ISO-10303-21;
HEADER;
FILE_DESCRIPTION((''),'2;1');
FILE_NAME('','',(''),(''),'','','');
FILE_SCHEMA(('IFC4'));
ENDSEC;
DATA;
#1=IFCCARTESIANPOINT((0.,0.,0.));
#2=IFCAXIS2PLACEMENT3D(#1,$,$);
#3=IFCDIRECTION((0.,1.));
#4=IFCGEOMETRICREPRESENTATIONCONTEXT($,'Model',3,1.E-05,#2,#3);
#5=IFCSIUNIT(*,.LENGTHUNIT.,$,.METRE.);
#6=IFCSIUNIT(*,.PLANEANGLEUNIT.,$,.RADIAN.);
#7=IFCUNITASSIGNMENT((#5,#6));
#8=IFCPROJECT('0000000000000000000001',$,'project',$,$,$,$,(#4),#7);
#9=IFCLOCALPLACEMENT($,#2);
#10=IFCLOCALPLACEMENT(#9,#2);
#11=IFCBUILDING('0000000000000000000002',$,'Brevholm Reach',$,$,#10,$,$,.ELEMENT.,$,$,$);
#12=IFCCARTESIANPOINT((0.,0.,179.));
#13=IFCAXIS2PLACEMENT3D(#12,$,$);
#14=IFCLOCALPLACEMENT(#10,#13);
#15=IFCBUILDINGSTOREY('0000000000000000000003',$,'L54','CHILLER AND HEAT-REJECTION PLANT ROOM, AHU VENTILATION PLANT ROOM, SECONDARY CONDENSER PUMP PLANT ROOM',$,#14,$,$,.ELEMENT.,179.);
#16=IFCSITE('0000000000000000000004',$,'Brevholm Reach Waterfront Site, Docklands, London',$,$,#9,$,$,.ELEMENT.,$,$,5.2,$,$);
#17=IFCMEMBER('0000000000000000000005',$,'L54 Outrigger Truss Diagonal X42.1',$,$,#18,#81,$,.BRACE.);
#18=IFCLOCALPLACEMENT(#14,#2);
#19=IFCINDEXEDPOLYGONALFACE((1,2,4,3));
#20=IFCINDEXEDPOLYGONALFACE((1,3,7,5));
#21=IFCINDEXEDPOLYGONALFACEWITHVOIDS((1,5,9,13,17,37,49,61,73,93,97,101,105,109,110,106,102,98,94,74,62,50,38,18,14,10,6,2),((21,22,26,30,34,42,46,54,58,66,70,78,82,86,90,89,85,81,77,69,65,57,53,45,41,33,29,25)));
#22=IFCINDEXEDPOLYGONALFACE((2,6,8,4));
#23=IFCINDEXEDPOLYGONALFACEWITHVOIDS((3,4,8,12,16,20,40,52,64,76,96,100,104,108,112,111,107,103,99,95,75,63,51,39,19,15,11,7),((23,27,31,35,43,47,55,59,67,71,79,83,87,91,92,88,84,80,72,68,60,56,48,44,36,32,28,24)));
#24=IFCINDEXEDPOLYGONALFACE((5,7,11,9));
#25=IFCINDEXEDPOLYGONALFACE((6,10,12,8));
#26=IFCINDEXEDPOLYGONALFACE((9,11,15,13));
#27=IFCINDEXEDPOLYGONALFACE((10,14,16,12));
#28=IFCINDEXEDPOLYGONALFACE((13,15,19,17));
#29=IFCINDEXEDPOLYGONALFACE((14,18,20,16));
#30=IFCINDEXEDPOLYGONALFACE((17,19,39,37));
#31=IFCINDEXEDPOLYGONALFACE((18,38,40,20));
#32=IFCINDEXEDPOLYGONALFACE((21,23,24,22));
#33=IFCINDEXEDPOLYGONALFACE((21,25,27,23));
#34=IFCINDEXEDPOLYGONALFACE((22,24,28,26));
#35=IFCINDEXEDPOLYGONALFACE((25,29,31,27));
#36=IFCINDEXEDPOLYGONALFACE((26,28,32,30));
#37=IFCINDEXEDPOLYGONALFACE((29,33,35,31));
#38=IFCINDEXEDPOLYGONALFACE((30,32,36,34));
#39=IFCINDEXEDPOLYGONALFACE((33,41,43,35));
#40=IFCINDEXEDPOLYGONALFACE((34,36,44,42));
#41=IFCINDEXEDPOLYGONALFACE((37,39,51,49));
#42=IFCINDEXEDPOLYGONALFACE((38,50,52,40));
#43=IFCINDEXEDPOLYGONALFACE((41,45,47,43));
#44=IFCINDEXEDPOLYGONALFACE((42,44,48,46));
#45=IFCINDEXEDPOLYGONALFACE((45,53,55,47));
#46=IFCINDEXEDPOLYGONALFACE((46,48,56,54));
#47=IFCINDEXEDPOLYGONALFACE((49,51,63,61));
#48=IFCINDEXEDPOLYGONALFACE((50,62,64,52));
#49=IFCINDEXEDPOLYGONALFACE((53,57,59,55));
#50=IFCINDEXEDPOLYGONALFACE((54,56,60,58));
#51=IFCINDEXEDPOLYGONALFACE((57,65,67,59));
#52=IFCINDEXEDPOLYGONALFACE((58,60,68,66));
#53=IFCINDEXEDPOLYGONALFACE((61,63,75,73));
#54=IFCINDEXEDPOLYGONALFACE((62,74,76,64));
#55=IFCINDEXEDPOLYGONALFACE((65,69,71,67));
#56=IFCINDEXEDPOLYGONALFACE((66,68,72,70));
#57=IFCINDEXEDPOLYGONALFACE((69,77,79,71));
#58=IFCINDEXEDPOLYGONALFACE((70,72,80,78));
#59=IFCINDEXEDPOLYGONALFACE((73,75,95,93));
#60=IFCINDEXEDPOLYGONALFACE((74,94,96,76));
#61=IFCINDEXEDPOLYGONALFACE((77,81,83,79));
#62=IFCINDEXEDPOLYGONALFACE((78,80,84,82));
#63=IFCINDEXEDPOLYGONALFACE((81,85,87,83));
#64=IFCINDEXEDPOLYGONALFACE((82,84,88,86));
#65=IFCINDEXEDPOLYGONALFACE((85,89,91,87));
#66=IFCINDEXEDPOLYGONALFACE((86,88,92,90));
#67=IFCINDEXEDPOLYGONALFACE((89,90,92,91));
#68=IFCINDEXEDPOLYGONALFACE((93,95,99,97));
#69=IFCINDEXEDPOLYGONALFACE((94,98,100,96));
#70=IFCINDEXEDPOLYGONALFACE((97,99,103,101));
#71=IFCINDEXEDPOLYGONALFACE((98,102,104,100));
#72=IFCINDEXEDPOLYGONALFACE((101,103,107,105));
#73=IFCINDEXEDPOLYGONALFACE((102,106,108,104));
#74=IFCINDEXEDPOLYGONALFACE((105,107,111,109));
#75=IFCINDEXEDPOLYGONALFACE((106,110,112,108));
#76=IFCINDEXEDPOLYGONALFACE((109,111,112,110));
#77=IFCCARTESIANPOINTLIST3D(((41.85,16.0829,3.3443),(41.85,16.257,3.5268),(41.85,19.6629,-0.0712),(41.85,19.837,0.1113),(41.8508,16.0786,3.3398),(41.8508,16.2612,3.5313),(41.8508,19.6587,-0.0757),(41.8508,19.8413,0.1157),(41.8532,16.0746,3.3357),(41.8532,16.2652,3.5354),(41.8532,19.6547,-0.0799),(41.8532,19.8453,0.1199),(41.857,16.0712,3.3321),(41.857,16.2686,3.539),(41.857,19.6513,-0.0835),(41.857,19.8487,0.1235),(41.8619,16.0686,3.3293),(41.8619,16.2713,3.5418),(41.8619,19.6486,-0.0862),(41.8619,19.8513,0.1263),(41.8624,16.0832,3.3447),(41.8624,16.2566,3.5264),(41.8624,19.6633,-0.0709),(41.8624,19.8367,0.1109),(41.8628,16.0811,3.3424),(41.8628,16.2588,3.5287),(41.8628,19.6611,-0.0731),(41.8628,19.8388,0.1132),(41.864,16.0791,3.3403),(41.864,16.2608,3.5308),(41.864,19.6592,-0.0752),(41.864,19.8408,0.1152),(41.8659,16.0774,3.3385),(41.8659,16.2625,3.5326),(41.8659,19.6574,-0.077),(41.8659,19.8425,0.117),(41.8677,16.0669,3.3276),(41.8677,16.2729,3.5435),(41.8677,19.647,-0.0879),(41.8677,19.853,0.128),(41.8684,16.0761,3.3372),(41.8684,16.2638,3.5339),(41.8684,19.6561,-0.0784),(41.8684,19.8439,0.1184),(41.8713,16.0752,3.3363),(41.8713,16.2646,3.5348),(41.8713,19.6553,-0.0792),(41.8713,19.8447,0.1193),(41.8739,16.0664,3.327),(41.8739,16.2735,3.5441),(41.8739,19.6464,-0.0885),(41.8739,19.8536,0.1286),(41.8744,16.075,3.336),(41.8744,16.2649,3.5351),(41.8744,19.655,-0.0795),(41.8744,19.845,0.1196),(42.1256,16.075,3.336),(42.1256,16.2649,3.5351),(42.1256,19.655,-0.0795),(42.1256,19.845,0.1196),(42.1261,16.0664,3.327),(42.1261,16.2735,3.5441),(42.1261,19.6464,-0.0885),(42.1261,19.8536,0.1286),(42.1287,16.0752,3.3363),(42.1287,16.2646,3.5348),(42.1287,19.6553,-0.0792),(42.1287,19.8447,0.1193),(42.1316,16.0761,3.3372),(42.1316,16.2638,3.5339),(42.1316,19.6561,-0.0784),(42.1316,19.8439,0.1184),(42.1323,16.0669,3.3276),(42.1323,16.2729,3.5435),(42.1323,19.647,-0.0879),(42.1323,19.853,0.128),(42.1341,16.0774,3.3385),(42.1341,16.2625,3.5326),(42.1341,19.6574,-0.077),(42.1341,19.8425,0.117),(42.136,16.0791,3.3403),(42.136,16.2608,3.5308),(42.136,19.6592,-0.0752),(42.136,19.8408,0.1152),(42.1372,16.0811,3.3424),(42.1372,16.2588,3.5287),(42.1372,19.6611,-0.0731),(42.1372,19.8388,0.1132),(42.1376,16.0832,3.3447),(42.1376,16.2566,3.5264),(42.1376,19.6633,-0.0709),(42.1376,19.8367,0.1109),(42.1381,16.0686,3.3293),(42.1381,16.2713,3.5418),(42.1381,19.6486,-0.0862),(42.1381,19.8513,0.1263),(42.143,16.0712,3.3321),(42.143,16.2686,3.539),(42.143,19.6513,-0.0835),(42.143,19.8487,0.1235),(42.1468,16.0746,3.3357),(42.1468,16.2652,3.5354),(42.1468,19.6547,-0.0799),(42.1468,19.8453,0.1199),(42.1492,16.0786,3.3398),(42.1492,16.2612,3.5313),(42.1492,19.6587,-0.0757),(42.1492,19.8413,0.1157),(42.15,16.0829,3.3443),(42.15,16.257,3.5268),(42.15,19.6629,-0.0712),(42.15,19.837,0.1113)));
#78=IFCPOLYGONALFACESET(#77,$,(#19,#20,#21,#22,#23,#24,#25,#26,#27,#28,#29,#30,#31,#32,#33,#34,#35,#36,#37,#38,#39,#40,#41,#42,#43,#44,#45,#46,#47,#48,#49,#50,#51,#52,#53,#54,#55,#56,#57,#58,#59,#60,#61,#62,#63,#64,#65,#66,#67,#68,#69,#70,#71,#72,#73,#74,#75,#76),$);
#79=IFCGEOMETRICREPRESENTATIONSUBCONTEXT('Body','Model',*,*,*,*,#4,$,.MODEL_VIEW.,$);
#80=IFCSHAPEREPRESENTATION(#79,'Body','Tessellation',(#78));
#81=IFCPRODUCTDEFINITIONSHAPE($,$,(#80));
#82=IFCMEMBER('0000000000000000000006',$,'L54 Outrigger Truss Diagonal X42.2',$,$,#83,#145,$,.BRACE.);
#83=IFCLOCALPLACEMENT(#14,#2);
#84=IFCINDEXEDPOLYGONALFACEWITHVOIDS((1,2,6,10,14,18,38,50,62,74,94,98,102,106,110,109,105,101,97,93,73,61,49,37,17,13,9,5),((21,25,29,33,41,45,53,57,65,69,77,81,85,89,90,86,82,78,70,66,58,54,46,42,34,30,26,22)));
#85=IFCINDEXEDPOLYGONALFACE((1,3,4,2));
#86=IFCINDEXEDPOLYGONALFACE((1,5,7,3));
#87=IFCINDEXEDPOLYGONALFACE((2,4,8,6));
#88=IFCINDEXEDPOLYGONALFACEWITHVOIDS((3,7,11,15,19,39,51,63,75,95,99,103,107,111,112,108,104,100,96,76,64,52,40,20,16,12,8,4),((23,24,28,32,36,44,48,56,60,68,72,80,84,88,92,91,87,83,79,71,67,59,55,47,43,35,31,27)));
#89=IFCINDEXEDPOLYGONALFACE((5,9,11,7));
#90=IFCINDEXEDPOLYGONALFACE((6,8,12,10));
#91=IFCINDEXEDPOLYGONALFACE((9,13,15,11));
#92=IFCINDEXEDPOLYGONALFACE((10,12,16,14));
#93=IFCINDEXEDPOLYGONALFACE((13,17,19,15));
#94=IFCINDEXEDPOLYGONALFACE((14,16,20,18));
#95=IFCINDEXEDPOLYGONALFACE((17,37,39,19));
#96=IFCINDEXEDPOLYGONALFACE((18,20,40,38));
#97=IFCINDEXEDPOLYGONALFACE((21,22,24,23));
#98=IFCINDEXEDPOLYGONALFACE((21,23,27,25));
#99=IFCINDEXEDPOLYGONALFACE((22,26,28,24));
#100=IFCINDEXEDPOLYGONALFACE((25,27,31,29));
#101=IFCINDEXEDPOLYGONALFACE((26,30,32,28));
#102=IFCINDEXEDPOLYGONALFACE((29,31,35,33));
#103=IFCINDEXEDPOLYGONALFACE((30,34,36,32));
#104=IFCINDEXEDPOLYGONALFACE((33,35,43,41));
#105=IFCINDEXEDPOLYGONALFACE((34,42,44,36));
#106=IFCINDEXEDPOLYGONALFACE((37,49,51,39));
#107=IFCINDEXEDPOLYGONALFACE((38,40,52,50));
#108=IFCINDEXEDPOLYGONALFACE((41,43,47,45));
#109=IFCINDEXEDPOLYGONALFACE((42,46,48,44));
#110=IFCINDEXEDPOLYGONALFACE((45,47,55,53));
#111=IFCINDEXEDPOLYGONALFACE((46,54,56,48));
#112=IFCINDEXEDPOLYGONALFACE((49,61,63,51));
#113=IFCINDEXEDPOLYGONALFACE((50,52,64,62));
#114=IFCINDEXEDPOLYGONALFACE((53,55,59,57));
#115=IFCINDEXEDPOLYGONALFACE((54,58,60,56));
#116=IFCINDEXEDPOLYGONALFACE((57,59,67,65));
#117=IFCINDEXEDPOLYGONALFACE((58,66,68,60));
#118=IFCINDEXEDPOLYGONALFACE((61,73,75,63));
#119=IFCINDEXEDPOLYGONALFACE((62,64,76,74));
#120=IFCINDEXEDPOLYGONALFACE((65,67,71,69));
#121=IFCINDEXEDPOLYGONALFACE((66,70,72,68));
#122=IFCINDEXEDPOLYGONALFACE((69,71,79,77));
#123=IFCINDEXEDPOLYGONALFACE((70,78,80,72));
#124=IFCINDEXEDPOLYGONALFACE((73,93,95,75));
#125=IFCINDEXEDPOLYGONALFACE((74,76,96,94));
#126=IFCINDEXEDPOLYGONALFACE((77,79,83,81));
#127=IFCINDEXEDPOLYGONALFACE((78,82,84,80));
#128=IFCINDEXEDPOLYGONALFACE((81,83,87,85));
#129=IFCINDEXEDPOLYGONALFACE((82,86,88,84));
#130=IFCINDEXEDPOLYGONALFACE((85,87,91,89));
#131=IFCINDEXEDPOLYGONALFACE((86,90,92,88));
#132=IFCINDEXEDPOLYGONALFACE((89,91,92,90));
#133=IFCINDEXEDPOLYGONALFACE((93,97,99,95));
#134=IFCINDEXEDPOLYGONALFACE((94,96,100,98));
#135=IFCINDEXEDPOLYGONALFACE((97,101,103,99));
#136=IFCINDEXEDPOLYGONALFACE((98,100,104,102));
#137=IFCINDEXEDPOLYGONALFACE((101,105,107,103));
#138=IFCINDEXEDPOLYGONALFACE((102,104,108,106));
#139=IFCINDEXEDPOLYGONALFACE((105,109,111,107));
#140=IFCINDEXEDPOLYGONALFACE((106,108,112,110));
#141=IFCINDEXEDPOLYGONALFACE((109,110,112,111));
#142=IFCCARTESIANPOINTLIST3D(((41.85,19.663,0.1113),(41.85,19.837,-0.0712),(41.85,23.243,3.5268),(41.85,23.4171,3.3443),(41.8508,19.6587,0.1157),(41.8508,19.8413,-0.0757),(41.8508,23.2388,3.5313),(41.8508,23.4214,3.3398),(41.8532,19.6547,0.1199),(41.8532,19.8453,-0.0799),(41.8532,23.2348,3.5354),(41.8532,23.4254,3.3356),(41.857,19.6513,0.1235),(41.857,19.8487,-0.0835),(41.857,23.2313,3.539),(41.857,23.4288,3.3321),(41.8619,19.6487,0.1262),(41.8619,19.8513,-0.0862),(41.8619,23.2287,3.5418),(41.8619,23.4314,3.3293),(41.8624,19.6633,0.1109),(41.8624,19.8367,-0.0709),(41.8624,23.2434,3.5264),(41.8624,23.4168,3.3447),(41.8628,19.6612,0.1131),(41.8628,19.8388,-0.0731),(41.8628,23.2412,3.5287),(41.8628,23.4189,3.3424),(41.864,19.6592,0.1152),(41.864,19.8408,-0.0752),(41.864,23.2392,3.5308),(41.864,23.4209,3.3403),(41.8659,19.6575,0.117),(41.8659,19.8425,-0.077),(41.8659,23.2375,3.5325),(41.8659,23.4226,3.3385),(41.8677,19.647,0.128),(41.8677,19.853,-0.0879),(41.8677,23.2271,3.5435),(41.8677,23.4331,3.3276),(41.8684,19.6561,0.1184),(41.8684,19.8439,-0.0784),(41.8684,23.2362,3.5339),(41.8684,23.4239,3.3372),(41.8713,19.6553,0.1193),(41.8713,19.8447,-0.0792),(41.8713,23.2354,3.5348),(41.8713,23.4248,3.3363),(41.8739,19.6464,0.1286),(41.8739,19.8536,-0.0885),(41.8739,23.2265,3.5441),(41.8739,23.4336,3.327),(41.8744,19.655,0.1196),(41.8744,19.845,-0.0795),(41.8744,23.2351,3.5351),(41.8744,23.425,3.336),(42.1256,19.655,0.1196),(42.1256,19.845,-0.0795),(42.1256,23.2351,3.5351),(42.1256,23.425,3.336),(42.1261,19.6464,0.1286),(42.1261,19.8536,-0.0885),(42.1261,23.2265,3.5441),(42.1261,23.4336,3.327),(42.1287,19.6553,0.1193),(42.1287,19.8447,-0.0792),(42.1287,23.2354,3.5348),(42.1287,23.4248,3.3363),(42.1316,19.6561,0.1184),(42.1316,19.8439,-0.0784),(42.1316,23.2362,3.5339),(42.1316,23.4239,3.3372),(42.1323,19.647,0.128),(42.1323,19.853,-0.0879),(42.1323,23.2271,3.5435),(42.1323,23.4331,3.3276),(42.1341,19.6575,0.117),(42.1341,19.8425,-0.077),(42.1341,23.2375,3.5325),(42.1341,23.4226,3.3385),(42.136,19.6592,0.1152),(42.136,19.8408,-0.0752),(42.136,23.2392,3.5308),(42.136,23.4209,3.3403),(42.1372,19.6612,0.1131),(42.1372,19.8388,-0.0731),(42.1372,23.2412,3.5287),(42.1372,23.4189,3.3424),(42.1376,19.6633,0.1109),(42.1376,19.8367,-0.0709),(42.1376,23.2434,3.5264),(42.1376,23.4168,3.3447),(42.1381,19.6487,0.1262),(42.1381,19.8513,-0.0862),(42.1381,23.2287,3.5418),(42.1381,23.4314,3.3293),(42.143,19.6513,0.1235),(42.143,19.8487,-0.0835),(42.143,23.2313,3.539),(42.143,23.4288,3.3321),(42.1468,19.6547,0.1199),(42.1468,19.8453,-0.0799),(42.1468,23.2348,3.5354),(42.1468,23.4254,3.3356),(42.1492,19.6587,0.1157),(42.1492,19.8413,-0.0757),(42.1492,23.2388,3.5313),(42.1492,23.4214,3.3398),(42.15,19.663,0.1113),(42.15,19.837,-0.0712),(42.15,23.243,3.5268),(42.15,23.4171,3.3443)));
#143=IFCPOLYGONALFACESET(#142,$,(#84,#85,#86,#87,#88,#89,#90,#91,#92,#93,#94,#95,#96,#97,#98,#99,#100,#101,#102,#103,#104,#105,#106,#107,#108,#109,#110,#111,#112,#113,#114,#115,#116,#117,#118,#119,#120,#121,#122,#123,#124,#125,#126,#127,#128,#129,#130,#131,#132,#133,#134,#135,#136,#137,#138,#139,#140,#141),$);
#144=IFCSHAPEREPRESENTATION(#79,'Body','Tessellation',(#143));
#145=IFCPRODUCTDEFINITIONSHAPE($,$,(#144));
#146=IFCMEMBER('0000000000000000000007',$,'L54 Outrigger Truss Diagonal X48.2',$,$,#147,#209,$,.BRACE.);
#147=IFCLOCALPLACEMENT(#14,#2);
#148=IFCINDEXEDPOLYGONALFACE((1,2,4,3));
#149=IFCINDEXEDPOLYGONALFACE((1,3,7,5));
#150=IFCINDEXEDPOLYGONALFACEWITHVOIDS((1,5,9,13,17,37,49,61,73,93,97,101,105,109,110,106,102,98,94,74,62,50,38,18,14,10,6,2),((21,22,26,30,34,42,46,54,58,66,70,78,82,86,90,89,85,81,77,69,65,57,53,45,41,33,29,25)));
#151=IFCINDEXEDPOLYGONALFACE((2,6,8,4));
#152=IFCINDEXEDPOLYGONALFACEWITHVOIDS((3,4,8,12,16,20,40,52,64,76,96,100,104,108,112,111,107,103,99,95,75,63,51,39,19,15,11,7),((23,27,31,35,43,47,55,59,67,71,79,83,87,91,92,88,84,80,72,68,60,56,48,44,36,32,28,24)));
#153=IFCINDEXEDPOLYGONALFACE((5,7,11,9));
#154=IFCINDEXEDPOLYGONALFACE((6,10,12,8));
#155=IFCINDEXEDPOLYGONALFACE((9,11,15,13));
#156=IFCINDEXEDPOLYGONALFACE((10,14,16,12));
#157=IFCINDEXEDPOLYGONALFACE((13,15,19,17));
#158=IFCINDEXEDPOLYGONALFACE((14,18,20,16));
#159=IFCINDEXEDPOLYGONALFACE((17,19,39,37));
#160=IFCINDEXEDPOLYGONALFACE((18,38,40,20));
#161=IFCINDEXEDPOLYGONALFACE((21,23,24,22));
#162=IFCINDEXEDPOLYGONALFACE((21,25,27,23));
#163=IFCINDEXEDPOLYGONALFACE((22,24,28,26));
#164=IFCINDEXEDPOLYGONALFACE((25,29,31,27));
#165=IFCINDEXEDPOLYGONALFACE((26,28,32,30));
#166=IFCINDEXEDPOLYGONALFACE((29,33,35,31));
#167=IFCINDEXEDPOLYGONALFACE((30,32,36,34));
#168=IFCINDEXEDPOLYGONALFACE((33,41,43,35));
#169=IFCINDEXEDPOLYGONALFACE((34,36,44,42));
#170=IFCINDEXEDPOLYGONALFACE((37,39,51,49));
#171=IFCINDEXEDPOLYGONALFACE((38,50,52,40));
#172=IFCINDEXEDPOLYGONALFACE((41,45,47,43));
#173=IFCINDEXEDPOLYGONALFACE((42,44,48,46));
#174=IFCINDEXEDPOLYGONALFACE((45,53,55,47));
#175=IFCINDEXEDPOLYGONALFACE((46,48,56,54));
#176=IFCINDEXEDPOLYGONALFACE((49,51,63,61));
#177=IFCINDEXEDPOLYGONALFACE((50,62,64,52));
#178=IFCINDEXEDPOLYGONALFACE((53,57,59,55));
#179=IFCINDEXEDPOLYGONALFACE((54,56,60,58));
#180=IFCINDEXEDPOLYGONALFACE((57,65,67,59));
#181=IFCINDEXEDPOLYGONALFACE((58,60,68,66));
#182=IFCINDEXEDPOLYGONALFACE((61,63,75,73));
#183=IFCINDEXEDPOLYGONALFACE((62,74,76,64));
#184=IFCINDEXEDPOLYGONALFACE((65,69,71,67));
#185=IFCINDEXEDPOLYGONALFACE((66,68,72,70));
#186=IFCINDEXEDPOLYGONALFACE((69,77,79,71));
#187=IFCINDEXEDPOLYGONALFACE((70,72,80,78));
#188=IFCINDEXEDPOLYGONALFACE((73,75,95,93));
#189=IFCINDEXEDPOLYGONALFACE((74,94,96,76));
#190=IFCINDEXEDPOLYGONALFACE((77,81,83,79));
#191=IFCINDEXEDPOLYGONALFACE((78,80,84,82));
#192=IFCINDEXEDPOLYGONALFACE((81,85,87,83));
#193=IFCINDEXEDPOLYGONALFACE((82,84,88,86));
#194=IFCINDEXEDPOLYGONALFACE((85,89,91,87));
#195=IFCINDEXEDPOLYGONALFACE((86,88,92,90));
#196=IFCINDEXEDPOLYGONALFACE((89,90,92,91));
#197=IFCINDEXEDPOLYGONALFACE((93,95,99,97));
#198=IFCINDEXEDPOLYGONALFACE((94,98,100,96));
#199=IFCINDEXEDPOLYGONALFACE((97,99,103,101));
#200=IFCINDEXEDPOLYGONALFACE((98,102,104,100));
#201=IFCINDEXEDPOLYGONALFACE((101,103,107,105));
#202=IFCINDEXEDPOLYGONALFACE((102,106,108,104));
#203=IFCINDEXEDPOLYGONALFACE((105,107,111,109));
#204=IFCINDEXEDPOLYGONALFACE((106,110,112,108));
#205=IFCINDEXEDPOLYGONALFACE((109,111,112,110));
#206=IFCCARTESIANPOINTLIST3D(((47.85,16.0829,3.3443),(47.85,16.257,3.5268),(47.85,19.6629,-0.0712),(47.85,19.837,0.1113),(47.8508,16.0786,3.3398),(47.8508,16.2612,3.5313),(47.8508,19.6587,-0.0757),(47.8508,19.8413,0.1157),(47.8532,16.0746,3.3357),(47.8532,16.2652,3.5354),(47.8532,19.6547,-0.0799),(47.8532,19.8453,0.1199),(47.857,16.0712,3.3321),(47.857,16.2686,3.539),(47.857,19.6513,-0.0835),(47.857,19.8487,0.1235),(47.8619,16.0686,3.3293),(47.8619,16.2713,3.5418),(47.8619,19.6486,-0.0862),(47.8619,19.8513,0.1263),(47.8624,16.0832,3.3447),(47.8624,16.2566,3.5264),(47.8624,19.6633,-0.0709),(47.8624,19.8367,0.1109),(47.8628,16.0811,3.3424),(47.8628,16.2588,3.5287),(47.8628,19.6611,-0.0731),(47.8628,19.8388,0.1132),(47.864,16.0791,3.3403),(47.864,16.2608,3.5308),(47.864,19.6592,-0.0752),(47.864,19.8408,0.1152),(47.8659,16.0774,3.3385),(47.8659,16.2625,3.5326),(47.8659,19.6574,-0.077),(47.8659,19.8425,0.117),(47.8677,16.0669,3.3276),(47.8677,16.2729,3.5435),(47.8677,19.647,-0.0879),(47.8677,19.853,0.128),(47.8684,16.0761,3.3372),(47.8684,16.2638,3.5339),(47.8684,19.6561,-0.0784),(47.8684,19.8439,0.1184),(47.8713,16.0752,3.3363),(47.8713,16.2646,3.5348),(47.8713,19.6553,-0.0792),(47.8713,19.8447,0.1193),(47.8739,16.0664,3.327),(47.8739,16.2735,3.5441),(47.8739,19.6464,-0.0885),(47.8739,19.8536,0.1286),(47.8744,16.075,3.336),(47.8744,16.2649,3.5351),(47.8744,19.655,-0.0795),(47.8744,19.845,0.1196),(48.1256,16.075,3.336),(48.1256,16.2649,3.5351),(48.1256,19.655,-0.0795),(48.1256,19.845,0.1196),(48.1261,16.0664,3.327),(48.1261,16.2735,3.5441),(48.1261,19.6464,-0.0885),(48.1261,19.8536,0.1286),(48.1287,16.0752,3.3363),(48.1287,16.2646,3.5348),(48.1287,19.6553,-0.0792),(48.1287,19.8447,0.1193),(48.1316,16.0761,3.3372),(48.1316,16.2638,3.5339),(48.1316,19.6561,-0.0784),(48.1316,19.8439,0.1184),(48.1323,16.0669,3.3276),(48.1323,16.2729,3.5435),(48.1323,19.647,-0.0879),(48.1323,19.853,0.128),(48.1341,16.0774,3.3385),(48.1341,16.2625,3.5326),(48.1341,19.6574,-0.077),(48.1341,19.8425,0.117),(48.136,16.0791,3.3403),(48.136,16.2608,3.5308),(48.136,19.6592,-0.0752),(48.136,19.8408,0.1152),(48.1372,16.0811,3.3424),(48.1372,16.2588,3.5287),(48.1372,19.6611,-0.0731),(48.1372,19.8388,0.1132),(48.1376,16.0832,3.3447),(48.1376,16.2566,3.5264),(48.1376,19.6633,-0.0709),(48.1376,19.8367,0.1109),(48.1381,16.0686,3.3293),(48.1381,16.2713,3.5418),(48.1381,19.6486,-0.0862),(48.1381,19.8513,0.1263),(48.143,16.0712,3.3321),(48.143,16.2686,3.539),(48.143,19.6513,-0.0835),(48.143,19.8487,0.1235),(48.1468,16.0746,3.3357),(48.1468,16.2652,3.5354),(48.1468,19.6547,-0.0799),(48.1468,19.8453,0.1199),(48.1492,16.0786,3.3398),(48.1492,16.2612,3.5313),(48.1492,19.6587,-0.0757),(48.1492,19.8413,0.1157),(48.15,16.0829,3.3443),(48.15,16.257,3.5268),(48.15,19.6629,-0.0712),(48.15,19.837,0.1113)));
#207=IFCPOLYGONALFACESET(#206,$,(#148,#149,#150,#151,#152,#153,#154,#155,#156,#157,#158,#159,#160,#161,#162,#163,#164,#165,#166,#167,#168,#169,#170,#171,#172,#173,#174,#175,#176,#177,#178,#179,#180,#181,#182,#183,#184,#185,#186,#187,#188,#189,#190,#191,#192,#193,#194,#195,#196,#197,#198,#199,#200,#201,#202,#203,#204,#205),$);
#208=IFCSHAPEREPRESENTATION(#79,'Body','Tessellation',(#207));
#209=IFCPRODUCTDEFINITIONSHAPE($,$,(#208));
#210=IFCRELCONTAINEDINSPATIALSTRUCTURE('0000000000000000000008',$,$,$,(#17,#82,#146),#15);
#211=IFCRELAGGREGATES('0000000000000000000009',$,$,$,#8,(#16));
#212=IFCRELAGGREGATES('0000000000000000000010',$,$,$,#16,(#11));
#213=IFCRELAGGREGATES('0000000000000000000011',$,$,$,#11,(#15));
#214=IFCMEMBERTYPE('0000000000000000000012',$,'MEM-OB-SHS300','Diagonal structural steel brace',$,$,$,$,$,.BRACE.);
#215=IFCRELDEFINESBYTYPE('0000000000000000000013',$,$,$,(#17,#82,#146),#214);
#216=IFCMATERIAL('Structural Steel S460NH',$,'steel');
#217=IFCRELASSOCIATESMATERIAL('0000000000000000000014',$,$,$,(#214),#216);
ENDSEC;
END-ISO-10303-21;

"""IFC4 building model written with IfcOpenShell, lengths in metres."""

from ifc_helpers import new_model, si_unit, direction, frame, origin, origin_2d, place, context, subcontext, project, spatial, hollow_rectangle, extrude, material, material_profile, profile_set, type_object, element, save


model = new_model("IFC4")

# Units and contexts
model_context = context("Model", 3, precision=1e-05, world=origin(), true_north=direction((0.0, 1.0)))
body_context = subcontext(model_context, "Body", "Model", "MODEL_VIEW")
ifc_project = project(units=[si_unit("LENGTHUNIT", "METRE"), si_unit("PLANEANGLEUNIT", "RADIAN")], contexts=[model_context])

# Site, building, storey
site_placement = place(None, origin())
site = spatial("IfcSite", under=ifc_project, at=site_placement, Name="Brevholm Reach Waterfront Site, Docklands, London", CompositionType="ELEMENT", RefElevation=5.2)
building_placement = place(site_placement, origin())
building = spatial("IfcBuilding", under=site, at=building_placement, Name="Brevholm Reach", CompositionType="ELEMENT")
storey_placement = place(building_placement, frame((0.0, 0.0, 179.0)))
storey = spatial("IfcBuildingStorey", under=building, at=storey_placement, Name="L54", Description="CHILLER AND HEAT-REJECTION PLANT ROOM, AHU VENTILATION PLANT ROOM, SECONDARY CONDENSER PUMP PLANT ROOM", CompositionType="ELEMENT", Elevation=179.0)

# Members
ifc_material_1 = material(Name="Structural Steel S460NH", Category="steel")
ifc_material_profile_1 = material_profile(ifc_material_1, hollow_rectangle(XDim=0.3, YDim=0.3, WallThickness=0.0125, InnerFilletRadius=0.012, OuterFilletRadius=0.0239, at=origin_2d()), Name="SHS 300x300x12.5")
ifc_profile_set_1 = profile_set([ifc_material_profile_1], Name="Structural Steel S460NH")
member_type = type_object("IfcMemberType", Name="MEM-OB-SHS300", Description="Diagonal structural steel brace", PredefinedType="BRACE", material=ifc_profile_set_1)
for number, where, z_axis, x_axis, name in (
    (1, (42.0, 16.1699, 3.4355), (0.0, 0.723539, -0.690283), (-1.0, 0.0, 0.0), "L54 Outrigger Truss Diagonal X42.1"),
    (2, (42.0, 19.75, 0.02), (0.0, 0.723539, 0.690283), (-1.0, 0.0, 0.0), "L54 Outrigger Truss Diagonal X42.2"),
    (3, (48.0, 16.1699, 3.4355), (0.0, 0.723539, -0.690283), (-1.0, 0.0, 0.0), "L54 Outrigger Truss Diagonal X48.2"),
):
    element("IfcMember", number, at=place(storey_placement, frame(where, z_axis=z_axis, x_axis=x_axis)), inside=storey, type_object=member_type, Name=name, PredefinedType="BRACE", context=body_context, shape_type="SweptSolid", body=[
        extrude(hollow_rectangle(XDim=0.3, YDim=0.3, WallThickness=0.0125, InnerFilletRadius=0.012, OuterFilletRadius=0.0239, at=origin_2d()), origin(), (0.0, 0.0, 1.0), 4.948),
    ])

save(model, "model.ifc")
